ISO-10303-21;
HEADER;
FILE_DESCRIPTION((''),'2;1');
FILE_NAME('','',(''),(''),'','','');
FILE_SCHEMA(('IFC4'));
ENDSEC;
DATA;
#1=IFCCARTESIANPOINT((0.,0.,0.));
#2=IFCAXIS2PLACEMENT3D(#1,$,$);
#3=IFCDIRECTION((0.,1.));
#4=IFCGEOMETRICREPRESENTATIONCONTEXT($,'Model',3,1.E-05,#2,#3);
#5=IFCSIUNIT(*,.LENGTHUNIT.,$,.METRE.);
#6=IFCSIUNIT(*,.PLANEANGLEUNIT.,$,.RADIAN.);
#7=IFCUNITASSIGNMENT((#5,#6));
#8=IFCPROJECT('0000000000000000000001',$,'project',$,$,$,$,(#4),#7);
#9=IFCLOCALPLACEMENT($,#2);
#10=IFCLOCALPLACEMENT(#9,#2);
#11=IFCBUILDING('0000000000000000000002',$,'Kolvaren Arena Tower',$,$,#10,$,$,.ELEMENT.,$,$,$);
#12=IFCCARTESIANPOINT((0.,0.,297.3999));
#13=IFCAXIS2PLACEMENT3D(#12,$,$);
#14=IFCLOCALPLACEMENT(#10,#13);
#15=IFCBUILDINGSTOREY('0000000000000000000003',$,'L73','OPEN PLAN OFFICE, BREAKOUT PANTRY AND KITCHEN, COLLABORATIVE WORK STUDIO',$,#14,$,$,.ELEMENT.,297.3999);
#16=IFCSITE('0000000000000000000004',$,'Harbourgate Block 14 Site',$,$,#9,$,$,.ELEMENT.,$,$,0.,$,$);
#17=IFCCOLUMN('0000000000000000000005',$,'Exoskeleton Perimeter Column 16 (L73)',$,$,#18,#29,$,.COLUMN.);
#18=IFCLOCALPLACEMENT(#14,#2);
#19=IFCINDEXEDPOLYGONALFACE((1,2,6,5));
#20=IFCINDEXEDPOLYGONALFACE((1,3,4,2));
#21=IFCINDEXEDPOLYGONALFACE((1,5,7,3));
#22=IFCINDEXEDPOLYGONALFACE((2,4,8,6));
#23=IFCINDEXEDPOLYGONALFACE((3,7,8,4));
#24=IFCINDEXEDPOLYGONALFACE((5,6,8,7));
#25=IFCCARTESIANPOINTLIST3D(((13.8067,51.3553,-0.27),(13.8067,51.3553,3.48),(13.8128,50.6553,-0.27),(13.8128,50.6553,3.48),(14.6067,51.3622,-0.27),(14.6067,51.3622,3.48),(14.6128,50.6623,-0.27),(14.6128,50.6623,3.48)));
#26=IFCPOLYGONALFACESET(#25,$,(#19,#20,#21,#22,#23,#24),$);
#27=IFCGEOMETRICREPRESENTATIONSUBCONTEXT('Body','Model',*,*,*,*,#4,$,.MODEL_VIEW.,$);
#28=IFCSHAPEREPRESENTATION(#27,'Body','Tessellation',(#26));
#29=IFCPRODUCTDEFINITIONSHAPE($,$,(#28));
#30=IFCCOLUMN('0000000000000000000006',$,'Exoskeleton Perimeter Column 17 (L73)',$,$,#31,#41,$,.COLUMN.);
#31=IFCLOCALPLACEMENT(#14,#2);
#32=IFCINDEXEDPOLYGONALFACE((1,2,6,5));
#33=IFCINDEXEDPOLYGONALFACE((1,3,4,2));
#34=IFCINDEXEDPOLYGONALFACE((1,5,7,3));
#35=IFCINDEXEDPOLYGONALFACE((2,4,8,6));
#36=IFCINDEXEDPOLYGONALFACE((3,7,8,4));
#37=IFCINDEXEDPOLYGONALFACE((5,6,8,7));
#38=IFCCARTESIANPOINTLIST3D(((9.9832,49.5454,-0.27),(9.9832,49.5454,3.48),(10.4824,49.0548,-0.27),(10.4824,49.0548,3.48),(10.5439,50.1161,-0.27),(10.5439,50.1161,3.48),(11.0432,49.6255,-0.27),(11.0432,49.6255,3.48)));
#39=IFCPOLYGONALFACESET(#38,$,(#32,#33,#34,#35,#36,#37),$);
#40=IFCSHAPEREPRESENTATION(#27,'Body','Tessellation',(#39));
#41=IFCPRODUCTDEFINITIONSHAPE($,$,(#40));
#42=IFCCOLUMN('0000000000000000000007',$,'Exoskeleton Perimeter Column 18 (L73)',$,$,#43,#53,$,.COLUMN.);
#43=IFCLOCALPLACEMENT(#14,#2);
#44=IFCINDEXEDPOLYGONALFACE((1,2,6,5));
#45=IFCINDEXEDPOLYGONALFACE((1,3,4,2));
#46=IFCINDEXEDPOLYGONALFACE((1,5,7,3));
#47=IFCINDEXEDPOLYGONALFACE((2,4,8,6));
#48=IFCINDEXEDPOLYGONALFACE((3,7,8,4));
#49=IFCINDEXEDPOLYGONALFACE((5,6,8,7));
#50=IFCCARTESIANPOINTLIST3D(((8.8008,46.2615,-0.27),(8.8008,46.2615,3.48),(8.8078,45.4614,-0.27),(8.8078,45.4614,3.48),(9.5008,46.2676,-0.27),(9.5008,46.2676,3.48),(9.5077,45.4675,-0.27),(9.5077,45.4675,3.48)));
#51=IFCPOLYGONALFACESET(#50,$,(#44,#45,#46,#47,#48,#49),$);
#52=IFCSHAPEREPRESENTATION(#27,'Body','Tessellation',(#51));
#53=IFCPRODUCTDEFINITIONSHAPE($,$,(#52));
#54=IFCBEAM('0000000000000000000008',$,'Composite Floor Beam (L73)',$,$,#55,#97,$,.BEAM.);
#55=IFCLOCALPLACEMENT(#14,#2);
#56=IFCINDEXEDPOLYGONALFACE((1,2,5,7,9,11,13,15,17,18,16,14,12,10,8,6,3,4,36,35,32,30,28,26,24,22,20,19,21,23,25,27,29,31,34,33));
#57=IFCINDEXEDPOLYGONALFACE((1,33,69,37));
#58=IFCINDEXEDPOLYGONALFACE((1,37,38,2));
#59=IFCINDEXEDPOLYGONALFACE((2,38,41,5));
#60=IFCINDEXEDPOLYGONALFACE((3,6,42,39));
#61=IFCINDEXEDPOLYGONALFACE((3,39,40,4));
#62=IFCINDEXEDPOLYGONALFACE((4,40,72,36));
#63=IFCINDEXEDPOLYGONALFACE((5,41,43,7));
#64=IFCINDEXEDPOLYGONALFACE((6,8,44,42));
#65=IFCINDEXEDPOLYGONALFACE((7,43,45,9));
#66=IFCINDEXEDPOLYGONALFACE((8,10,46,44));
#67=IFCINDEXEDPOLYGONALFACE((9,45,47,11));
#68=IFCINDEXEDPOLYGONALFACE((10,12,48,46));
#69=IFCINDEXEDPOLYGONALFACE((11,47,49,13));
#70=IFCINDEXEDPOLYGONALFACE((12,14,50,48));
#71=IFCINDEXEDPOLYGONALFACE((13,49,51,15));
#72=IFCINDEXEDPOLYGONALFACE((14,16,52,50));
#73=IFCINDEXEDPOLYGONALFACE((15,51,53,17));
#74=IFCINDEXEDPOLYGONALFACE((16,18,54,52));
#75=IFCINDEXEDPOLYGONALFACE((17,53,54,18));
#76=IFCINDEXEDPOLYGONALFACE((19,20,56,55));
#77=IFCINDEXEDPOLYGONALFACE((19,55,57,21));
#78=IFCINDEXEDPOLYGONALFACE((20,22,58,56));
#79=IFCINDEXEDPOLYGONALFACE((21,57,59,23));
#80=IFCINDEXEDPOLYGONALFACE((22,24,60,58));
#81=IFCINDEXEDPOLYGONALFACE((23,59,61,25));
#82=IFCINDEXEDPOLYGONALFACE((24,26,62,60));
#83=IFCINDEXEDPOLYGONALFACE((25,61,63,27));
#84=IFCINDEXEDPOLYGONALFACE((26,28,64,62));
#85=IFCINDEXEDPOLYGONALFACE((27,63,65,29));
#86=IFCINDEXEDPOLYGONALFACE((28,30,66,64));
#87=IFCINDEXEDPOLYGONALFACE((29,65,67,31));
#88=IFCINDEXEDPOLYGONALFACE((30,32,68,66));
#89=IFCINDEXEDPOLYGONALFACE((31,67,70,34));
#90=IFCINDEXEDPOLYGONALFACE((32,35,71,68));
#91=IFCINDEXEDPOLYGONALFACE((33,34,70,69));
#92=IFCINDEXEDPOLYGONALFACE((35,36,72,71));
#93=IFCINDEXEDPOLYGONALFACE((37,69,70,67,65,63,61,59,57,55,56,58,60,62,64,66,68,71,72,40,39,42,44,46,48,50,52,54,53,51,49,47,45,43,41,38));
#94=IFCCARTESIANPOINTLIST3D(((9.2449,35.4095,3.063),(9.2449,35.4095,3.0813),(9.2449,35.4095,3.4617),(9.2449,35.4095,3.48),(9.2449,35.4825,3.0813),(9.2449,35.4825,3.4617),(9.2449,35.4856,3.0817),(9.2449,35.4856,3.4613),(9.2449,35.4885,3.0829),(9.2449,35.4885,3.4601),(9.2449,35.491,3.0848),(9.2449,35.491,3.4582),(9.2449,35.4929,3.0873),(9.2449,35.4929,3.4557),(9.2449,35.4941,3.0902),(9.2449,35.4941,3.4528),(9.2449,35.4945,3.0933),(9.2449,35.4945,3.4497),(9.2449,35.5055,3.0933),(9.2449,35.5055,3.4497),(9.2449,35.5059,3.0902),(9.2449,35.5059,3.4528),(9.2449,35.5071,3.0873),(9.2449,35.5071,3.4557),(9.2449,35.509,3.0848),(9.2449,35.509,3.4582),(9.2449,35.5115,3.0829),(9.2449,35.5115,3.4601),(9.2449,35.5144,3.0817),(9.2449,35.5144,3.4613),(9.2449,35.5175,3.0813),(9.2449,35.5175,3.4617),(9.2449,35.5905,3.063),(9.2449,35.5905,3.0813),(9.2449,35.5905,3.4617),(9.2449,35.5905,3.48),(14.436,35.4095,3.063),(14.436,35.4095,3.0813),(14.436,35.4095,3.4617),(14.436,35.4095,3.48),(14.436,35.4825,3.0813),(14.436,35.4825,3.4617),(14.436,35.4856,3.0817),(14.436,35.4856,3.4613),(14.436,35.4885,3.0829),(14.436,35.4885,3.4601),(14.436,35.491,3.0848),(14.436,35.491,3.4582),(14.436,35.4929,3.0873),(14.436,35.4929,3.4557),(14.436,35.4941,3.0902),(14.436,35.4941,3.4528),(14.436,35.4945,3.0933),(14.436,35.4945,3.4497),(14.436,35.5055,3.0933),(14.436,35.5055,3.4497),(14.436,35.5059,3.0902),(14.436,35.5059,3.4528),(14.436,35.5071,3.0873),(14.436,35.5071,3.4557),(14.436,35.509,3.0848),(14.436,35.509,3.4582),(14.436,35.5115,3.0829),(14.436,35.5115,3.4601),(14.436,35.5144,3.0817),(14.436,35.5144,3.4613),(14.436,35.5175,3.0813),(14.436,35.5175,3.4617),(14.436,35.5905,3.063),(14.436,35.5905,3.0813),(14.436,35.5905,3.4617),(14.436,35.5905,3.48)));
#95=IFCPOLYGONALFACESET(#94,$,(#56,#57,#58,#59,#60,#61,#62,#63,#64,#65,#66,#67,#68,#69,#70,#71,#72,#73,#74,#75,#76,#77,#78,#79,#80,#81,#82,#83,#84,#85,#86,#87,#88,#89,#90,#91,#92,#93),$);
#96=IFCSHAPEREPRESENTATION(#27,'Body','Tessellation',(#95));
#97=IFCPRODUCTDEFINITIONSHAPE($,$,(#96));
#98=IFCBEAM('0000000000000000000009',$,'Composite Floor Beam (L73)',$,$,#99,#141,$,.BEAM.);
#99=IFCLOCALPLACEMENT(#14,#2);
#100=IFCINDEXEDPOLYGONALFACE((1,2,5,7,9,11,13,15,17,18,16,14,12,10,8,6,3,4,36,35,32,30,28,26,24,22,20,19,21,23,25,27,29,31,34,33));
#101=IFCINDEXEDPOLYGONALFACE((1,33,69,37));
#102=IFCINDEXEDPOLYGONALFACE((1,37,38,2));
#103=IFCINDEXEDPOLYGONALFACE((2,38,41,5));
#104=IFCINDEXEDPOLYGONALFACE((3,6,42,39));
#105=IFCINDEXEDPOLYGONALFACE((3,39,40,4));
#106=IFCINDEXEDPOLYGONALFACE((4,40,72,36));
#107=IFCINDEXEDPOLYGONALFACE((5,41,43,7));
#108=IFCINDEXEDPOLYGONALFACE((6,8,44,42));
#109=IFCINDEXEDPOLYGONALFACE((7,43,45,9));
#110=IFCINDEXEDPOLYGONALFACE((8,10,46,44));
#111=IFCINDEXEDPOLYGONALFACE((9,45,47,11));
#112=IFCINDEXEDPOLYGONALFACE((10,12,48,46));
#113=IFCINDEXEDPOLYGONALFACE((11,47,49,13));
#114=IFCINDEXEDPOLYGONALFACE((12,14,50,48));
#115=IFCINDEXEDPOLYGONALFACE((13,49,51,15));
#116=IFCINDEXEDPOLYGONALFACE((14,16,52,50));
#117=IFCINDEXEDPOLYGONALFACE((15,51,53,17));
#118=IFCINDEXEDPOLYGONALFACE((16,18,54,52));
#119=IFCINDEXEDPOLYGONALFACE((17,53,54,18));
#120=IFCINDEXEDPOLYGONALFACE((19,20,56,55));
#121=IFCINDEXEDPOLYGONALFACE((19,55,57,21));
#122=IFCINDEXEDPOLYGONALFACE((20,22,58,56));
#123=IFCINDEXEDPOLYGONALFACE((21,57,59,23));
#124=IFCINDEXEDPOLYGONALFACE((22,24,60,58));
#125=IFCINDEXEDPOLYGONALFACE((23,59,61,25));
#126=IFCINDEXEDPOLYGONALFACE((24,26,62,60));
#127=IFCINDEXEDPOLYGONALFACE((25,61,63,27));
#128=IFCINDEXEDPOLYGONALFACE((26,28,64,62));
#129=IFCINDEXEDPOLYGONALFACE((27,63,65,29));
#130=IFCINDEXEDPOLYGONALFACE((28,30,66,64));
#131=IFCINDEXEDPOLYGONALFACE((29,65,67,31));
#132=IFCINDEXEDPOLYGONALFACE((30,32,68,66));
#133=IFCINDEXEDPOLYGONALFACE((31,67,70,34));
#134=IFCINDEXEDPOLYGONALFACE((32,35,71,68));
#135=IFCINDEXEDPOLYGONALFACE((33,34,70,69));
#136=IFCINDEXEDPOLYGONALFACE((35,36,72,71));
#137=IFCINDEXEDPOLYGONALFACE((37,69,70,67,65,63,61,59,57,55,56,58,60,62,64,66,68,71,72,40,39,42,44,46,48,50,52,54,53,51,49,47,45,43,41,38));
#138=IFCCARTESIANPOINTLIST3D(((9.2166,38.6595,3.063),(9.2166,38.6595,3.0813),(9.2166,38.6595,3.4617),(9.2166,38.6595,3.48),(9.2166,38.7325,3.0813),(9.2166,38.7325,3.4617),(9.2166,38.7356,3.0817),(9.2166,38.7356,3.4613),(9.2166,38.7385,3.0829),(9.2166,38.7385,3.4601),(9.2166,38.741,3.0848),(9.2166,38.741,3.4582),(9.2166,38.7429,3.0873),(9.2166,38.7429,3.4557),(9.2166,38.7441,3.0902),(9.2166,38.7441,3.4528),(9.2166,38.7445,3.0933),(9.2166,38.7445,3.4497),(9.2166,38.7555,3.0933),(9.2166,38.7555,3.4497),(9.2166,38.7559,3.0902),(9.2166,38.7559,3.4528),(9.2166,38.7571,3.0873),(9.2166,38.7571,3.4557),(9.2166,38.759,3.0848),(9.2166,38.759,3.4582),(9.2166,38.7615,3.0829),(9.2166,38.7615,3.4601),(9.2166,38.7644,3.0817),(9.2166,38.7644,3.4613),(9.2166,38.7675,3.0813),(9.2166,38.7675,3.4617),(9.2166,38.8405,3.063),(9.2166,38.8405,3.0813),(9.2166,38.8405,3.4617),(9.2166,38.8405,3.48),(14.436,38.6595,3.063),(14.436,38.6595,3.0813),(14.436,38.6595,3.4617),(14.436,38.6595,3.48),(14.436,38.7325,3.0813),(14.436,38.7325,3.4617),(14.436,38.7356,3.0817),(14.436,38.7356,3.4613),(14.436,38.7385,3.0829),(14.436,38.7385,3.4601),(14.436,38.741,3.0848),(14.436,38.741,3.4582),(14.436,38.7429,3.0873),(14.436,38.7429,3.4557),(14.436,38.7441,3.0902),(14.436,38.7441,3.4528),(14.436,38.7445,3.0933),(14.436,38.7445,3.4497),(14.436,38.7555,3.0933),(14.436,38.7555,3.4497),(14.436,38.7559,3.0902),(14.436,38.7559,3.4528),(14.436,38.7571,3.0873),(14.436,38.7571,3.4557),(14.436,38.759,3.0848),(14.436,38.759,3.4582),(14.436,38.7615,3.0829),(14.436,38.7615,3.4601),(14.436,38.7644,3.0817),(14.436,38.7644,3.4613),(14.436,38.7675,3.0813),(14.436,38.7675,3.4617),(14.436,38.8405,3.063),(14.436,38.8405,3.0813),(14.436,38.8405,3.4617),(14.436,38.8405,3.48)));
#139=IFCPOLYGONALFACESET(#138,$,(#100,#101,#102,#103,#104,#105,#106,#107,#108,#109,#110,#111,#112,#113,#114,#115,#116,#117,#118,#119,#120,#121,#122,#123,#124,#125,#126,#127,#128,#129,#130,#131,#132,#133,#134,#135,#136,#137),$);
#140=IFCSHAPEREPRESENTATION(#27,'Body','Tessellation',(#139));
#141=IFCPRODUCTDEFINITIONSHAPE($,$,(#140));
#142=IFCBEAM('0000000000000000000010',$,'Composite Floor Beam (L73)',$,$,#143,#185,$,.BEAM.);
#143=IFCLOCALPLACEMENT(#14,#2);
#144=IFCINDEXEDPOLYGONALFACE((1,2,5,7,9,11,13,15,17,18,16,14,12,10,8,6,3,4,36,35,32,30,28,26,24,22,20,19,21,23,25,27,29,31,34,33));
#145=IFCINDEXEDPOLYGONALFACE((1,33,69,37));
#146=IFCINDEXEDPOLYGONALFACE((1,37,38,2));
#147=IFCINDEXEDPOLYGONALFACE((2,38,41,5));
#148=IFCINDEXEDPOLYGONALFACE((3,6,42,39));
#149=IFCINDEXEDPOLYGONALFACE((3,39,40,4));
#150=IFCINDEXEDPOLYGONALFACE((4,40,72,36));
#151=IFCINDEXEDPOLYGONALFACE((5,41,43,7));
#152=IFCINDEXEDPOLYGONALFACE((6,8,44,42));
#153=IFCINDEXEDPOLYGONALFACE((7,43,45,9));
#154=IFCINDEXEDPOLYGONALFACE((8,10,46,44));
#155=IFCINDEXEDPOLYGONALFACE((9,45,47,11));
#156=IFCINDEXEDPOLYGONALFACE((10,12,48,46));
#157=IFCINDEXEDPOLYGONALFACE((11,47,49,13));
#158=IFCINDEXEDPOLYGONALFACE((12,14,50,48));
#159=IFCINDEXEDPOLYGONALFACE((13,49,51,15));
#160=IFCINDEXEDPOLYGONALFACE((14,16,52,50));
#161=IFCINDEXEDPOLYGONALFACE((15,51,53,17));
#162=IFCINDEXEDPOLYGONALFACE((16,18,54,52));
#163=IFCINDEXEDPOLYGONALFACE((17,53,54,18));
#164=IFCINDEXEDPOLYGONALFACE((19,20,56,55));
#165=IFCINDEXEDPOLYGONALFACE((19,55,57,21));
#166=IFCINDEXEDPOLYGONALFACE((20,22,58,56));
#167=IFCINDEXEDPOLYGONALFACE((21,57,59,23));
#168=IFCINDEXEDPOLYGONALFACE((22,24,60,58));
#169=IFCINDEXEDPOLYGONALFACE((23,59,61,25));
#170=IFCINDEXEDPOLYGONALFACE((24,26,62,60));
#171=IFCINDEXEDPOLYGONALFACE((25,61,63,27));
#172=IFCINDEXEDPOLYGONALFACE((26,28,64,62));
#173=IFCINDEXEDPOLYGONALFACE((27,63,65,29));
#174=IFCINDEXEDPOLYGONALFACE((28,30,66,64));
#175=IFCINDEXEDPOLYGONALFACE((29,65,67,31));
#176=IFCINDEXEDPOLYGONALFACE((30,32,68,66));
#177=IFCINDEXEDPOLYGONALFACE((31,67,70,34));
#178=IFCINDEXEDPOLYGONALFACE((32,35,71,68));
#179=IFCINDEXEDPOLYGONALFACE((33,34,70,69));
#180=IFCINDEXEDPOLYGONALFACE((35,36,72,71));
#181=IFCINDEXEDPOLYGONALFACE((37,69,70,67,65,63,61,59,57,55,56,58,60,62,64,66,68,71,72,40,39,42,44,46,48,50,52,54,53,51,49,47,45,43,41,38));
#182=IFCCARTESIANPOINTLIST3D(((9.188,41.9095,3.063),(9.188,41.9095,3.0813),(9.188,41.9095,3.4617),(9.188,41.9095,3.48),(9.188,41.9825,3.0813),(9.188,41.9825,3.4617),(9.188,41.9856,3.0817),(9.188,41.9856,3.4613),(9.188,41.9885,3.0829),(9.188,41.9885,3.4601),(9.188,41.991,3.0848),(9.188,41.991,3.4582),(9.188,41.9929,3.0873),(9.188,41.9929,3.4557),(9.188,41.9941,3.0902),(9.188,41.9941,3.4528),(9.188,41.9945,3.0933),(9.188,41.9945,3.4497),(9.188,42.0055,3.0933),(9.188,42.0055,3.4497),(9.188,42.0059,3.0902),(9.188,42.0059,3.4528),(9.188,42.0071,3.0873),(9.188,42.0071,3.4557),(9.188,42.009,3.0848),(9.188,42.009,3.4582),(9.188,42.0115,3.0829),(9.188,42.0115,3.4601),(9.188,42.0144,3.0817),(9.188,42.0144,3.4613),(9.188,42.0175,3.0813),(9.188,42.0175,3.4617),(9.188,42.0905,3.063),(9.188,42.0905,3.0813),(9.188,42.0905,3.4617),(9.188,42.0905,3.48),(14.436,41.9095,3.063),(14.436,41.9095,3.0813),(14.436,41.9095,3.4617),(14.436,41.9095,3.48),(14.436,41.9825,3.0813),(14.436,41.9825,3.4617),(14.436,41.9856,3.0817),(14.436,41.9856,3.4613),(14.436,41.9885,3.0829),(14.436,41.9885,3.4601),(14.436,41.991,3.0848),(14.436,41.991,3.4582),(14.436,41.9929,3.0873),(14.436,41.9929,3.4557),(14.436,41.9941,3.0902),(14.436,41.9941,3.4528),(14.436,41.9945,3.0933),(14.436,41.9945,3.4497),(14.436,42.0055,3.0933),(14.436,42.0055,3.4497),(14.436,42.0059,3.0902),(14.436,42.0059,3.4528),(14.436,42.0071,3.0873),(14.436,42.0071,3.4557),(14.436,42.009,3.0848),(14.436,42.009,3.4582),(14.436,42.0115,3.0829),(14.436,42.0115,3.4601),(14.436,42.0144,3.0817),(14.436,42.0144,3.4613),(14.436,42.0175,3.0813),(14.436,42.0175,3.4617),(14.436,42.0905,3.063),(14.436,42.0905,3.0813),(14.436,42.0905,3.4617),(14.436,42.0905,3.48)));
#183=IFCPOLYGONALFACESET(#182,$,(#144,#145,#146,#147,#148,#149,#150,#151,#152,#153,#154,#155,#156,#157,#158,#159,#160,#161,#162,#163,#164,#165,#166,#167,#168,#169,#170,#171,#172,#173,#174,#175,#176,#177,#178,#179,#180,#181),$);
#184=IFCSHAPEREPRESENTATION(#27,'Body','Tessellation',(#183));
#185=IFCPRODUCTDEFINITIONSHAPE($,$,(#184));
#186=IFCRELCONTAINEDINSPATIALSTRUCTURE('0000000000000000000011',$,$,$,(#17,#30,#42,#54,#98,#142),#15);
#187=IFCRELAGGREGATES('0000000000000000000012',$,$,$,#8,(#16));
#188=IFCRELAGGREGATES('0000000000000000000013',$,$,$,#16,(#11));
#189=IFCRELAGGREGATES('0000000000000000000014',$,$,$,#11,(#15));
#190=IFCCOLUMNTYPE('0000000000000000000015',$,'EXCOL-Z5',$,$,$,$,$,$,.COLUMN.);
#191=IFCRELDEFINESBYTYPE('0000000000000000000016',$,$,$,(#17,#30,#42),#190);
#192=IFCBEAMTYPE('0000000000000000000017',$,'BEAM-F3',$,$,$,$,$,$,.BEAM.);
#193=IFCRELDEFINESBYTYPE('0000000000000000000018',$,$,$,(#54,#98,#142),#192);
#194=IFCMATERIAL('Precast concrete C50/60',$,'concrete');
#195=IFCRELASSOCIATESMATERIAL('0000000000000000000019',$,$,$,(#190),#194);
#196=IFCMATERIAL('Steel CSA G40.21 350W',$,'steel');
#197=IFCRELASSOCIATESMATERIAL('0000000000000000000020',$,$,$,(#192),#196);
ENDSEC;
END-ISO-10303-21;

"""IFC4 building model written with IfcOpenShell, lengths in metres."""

from ifc_helpers import new_model, si_unit, direction, frame, origin, origin_2d, place, context, subcontext, project, spatial, rectangle, i_section, extrude, material, material_profile, profile_set, type_object, element, save


model = new_model("IFC4")

# Units and contexts
model_context = context("Model", 3, precision=1e-05, world=origin(), true_north=direction((0.0, 1.0)))
body_context = subcontext(model_context, "Body", "Model", "MODEL_VIEW")
ifc_project = project(units=[si_unit("LENGTHUNIT", "METRE"), si_unit("PLANEANGLEUNIT", "RADIAN")], contexts=[model_context])

# Site, building, storey
site_placement = place(None, origin())
site = spatial("IfcSite", under=ifc_project, at=site_placement, Name="Harbourgate Block 14 Site", CompositionType="ELEMENT", RefElevation=0.0)
building_placement = place(site_placement, origin())
building = spatial("IfcBuilding", under=site, at=building_placement, Name="Kolvaren Arena Tower", CompositionType="ELEMENT")
storey_placement = place(building_placement, frame((0.0, 0.0, 297.3999)))
storey = spatial("IfcBuildingStorey", under=building, at=storey_placement, Name="L73", Description="OPEN PLAN OFFICE, BREAKOUT PANTRY AND KITCHEN, COLLABORATIVE WORK STUDIO", CompositionType="ELEMENT", Elevation=297.3999)

# Columns
ifc_material_1 = material(Name="Precast concrete C50/60", Category="concrete")
ifc_material_profile_1 = material_profile(ifc_material_1, rectangle(XDim=0.8, YDim=0.7, at=origin_2d()), Name="RC-800x700")
ifc_profile_set_1 = profile_set([ifc_material_profile_1], Name="Precast concrete C50/60")
column_type = type_object("IfcColumnType", Name="EXCOL-Z5", PredefinedType="COLUMN", material=ifc_profile_set_1)
for number, where, z_axis, x_axis, name in (
    (1, (14.2097, 51.0088, -0.27), (0.0, 0.0, 1.0), (0.999962, 0.008727, 0.0), "Exoskeleton Perimeter Column 16 (L73)"),
    (2, (10.5132, 49.5854, -0.27), (0.0, 0.0, 1.0), (0.700909, 0.71325, 0.0), "Exoskeleton Perimeter Column 17 (L73)"),
    (3, (9.1543, 45.8645, -0.27), (0.0, 0.0, 1.0), (-0.008727, 0.999962, 0.0), "Exoskeleton Perimeter Column 18 (L73)"),
):
    element("IfcColumn", number, at=place(storey_placement, frame(where, z_axis=z_axis, x_axis=x_axis)), inside=storey, type_object=column_type, Name=name, PredefinedType="COLUMN", context=body_context, shape_type="SweptSolid", body=[
        extrude(rectangle(XDim=0.8, YDim=0.7, at=origin_2d()), origin(), (0.0, 0.0, 1.0), 3.75),
    ])

# Beams
ifc_material_2 = material(Name="Steel CSA G40.21 350W", Category="steel")
ifc_material_profile_2 = material_profile(ifc_material_2, i_section(OverallWidth=0.1809, OverallDepth=0.417, WebThickness=0.011, FlangeThickness=0.0183, FilletRadius=0.012, at=origin_2d()), Name="W410x85")
ifc_profile_set_2 = profile_set([ifc_material_profile_2], Name="Steel CSA G40.21 350W")
beam_type_1 = type_object("IfcBeamType", Name="BEAM-F3", PredefinedType="BEAM", material=ifc_profile_set_2)
beam_1_placement = place(storey_placement, frame((9.2449, 35.5, 3.2715), z_axis=(1.0, 0.0, 0.0), x_axis=(0.0, 1.0, 0.0)))
element("IfcBeam", 4, at=beam_1_placement, inside=storey, type_object=beam_type_1, Name="Composite Floor Beam (L73)", PredefinedType="BEAM", context=body_context, shape_type="SweptSolid", body=[
    extrude(i_section(OverallWidth=0.1809, OverallDepth=0.417, WebThickness=0.011, FlangeThickness=0.0183, FilletRadius=0.012, at=origin_2d()), origin(), (0.0, 0.0, 1.0), 5.1912),
])
beam_2_placement = place(storey_placement, frame((9.2166, 38.75, 3.2715), z_axis=(1.0, 0.0, 0.0), x_axis=(0.0, 1.0, 0.0)))
element("IfcBeam", 5, at=beam_2_placement, inside=storey, type_object=beam_type_1, Name="Composite Floor Beam (L73)", PredefinedType="BEAM", context=body_context, shape_type="SweptSolid", body=[
    extrude(i_section(OverallWidth=0.1809, OverallDepth=0.417, WebThickness=0.011, FlangeThickness=0.0183, FilletRadius=0.012, at=origin_2d()), origin(), (0.0, 0.0, 1.0), 5.2195),
])
beam_3_placement = place(storey_placement, frame((9.188, 42.0, 3.2715), z_axis=(1.0, 0.0, 0.0), x_axis=(0.0, 1.0, 0.0)))
element("IfcBeam", 6, at=beam_3_placement, inside=storey, type_object=beam_type_1, Name="Composite Floor Beam (L73)", PredefinedType="BEAM", context=body_context, shape_type="SweptSolid", body=[
    extrude(i_section(OverallWidth=0.1809, OverallDepth=0.417, WebThickness=0.011, FlangeThickness=0.0183, FilletRadius=0.012, at=origin_2d()), origin(), (0.0, 0.0, 1.0), 5.248),
])

save(model, "model.ifc")
